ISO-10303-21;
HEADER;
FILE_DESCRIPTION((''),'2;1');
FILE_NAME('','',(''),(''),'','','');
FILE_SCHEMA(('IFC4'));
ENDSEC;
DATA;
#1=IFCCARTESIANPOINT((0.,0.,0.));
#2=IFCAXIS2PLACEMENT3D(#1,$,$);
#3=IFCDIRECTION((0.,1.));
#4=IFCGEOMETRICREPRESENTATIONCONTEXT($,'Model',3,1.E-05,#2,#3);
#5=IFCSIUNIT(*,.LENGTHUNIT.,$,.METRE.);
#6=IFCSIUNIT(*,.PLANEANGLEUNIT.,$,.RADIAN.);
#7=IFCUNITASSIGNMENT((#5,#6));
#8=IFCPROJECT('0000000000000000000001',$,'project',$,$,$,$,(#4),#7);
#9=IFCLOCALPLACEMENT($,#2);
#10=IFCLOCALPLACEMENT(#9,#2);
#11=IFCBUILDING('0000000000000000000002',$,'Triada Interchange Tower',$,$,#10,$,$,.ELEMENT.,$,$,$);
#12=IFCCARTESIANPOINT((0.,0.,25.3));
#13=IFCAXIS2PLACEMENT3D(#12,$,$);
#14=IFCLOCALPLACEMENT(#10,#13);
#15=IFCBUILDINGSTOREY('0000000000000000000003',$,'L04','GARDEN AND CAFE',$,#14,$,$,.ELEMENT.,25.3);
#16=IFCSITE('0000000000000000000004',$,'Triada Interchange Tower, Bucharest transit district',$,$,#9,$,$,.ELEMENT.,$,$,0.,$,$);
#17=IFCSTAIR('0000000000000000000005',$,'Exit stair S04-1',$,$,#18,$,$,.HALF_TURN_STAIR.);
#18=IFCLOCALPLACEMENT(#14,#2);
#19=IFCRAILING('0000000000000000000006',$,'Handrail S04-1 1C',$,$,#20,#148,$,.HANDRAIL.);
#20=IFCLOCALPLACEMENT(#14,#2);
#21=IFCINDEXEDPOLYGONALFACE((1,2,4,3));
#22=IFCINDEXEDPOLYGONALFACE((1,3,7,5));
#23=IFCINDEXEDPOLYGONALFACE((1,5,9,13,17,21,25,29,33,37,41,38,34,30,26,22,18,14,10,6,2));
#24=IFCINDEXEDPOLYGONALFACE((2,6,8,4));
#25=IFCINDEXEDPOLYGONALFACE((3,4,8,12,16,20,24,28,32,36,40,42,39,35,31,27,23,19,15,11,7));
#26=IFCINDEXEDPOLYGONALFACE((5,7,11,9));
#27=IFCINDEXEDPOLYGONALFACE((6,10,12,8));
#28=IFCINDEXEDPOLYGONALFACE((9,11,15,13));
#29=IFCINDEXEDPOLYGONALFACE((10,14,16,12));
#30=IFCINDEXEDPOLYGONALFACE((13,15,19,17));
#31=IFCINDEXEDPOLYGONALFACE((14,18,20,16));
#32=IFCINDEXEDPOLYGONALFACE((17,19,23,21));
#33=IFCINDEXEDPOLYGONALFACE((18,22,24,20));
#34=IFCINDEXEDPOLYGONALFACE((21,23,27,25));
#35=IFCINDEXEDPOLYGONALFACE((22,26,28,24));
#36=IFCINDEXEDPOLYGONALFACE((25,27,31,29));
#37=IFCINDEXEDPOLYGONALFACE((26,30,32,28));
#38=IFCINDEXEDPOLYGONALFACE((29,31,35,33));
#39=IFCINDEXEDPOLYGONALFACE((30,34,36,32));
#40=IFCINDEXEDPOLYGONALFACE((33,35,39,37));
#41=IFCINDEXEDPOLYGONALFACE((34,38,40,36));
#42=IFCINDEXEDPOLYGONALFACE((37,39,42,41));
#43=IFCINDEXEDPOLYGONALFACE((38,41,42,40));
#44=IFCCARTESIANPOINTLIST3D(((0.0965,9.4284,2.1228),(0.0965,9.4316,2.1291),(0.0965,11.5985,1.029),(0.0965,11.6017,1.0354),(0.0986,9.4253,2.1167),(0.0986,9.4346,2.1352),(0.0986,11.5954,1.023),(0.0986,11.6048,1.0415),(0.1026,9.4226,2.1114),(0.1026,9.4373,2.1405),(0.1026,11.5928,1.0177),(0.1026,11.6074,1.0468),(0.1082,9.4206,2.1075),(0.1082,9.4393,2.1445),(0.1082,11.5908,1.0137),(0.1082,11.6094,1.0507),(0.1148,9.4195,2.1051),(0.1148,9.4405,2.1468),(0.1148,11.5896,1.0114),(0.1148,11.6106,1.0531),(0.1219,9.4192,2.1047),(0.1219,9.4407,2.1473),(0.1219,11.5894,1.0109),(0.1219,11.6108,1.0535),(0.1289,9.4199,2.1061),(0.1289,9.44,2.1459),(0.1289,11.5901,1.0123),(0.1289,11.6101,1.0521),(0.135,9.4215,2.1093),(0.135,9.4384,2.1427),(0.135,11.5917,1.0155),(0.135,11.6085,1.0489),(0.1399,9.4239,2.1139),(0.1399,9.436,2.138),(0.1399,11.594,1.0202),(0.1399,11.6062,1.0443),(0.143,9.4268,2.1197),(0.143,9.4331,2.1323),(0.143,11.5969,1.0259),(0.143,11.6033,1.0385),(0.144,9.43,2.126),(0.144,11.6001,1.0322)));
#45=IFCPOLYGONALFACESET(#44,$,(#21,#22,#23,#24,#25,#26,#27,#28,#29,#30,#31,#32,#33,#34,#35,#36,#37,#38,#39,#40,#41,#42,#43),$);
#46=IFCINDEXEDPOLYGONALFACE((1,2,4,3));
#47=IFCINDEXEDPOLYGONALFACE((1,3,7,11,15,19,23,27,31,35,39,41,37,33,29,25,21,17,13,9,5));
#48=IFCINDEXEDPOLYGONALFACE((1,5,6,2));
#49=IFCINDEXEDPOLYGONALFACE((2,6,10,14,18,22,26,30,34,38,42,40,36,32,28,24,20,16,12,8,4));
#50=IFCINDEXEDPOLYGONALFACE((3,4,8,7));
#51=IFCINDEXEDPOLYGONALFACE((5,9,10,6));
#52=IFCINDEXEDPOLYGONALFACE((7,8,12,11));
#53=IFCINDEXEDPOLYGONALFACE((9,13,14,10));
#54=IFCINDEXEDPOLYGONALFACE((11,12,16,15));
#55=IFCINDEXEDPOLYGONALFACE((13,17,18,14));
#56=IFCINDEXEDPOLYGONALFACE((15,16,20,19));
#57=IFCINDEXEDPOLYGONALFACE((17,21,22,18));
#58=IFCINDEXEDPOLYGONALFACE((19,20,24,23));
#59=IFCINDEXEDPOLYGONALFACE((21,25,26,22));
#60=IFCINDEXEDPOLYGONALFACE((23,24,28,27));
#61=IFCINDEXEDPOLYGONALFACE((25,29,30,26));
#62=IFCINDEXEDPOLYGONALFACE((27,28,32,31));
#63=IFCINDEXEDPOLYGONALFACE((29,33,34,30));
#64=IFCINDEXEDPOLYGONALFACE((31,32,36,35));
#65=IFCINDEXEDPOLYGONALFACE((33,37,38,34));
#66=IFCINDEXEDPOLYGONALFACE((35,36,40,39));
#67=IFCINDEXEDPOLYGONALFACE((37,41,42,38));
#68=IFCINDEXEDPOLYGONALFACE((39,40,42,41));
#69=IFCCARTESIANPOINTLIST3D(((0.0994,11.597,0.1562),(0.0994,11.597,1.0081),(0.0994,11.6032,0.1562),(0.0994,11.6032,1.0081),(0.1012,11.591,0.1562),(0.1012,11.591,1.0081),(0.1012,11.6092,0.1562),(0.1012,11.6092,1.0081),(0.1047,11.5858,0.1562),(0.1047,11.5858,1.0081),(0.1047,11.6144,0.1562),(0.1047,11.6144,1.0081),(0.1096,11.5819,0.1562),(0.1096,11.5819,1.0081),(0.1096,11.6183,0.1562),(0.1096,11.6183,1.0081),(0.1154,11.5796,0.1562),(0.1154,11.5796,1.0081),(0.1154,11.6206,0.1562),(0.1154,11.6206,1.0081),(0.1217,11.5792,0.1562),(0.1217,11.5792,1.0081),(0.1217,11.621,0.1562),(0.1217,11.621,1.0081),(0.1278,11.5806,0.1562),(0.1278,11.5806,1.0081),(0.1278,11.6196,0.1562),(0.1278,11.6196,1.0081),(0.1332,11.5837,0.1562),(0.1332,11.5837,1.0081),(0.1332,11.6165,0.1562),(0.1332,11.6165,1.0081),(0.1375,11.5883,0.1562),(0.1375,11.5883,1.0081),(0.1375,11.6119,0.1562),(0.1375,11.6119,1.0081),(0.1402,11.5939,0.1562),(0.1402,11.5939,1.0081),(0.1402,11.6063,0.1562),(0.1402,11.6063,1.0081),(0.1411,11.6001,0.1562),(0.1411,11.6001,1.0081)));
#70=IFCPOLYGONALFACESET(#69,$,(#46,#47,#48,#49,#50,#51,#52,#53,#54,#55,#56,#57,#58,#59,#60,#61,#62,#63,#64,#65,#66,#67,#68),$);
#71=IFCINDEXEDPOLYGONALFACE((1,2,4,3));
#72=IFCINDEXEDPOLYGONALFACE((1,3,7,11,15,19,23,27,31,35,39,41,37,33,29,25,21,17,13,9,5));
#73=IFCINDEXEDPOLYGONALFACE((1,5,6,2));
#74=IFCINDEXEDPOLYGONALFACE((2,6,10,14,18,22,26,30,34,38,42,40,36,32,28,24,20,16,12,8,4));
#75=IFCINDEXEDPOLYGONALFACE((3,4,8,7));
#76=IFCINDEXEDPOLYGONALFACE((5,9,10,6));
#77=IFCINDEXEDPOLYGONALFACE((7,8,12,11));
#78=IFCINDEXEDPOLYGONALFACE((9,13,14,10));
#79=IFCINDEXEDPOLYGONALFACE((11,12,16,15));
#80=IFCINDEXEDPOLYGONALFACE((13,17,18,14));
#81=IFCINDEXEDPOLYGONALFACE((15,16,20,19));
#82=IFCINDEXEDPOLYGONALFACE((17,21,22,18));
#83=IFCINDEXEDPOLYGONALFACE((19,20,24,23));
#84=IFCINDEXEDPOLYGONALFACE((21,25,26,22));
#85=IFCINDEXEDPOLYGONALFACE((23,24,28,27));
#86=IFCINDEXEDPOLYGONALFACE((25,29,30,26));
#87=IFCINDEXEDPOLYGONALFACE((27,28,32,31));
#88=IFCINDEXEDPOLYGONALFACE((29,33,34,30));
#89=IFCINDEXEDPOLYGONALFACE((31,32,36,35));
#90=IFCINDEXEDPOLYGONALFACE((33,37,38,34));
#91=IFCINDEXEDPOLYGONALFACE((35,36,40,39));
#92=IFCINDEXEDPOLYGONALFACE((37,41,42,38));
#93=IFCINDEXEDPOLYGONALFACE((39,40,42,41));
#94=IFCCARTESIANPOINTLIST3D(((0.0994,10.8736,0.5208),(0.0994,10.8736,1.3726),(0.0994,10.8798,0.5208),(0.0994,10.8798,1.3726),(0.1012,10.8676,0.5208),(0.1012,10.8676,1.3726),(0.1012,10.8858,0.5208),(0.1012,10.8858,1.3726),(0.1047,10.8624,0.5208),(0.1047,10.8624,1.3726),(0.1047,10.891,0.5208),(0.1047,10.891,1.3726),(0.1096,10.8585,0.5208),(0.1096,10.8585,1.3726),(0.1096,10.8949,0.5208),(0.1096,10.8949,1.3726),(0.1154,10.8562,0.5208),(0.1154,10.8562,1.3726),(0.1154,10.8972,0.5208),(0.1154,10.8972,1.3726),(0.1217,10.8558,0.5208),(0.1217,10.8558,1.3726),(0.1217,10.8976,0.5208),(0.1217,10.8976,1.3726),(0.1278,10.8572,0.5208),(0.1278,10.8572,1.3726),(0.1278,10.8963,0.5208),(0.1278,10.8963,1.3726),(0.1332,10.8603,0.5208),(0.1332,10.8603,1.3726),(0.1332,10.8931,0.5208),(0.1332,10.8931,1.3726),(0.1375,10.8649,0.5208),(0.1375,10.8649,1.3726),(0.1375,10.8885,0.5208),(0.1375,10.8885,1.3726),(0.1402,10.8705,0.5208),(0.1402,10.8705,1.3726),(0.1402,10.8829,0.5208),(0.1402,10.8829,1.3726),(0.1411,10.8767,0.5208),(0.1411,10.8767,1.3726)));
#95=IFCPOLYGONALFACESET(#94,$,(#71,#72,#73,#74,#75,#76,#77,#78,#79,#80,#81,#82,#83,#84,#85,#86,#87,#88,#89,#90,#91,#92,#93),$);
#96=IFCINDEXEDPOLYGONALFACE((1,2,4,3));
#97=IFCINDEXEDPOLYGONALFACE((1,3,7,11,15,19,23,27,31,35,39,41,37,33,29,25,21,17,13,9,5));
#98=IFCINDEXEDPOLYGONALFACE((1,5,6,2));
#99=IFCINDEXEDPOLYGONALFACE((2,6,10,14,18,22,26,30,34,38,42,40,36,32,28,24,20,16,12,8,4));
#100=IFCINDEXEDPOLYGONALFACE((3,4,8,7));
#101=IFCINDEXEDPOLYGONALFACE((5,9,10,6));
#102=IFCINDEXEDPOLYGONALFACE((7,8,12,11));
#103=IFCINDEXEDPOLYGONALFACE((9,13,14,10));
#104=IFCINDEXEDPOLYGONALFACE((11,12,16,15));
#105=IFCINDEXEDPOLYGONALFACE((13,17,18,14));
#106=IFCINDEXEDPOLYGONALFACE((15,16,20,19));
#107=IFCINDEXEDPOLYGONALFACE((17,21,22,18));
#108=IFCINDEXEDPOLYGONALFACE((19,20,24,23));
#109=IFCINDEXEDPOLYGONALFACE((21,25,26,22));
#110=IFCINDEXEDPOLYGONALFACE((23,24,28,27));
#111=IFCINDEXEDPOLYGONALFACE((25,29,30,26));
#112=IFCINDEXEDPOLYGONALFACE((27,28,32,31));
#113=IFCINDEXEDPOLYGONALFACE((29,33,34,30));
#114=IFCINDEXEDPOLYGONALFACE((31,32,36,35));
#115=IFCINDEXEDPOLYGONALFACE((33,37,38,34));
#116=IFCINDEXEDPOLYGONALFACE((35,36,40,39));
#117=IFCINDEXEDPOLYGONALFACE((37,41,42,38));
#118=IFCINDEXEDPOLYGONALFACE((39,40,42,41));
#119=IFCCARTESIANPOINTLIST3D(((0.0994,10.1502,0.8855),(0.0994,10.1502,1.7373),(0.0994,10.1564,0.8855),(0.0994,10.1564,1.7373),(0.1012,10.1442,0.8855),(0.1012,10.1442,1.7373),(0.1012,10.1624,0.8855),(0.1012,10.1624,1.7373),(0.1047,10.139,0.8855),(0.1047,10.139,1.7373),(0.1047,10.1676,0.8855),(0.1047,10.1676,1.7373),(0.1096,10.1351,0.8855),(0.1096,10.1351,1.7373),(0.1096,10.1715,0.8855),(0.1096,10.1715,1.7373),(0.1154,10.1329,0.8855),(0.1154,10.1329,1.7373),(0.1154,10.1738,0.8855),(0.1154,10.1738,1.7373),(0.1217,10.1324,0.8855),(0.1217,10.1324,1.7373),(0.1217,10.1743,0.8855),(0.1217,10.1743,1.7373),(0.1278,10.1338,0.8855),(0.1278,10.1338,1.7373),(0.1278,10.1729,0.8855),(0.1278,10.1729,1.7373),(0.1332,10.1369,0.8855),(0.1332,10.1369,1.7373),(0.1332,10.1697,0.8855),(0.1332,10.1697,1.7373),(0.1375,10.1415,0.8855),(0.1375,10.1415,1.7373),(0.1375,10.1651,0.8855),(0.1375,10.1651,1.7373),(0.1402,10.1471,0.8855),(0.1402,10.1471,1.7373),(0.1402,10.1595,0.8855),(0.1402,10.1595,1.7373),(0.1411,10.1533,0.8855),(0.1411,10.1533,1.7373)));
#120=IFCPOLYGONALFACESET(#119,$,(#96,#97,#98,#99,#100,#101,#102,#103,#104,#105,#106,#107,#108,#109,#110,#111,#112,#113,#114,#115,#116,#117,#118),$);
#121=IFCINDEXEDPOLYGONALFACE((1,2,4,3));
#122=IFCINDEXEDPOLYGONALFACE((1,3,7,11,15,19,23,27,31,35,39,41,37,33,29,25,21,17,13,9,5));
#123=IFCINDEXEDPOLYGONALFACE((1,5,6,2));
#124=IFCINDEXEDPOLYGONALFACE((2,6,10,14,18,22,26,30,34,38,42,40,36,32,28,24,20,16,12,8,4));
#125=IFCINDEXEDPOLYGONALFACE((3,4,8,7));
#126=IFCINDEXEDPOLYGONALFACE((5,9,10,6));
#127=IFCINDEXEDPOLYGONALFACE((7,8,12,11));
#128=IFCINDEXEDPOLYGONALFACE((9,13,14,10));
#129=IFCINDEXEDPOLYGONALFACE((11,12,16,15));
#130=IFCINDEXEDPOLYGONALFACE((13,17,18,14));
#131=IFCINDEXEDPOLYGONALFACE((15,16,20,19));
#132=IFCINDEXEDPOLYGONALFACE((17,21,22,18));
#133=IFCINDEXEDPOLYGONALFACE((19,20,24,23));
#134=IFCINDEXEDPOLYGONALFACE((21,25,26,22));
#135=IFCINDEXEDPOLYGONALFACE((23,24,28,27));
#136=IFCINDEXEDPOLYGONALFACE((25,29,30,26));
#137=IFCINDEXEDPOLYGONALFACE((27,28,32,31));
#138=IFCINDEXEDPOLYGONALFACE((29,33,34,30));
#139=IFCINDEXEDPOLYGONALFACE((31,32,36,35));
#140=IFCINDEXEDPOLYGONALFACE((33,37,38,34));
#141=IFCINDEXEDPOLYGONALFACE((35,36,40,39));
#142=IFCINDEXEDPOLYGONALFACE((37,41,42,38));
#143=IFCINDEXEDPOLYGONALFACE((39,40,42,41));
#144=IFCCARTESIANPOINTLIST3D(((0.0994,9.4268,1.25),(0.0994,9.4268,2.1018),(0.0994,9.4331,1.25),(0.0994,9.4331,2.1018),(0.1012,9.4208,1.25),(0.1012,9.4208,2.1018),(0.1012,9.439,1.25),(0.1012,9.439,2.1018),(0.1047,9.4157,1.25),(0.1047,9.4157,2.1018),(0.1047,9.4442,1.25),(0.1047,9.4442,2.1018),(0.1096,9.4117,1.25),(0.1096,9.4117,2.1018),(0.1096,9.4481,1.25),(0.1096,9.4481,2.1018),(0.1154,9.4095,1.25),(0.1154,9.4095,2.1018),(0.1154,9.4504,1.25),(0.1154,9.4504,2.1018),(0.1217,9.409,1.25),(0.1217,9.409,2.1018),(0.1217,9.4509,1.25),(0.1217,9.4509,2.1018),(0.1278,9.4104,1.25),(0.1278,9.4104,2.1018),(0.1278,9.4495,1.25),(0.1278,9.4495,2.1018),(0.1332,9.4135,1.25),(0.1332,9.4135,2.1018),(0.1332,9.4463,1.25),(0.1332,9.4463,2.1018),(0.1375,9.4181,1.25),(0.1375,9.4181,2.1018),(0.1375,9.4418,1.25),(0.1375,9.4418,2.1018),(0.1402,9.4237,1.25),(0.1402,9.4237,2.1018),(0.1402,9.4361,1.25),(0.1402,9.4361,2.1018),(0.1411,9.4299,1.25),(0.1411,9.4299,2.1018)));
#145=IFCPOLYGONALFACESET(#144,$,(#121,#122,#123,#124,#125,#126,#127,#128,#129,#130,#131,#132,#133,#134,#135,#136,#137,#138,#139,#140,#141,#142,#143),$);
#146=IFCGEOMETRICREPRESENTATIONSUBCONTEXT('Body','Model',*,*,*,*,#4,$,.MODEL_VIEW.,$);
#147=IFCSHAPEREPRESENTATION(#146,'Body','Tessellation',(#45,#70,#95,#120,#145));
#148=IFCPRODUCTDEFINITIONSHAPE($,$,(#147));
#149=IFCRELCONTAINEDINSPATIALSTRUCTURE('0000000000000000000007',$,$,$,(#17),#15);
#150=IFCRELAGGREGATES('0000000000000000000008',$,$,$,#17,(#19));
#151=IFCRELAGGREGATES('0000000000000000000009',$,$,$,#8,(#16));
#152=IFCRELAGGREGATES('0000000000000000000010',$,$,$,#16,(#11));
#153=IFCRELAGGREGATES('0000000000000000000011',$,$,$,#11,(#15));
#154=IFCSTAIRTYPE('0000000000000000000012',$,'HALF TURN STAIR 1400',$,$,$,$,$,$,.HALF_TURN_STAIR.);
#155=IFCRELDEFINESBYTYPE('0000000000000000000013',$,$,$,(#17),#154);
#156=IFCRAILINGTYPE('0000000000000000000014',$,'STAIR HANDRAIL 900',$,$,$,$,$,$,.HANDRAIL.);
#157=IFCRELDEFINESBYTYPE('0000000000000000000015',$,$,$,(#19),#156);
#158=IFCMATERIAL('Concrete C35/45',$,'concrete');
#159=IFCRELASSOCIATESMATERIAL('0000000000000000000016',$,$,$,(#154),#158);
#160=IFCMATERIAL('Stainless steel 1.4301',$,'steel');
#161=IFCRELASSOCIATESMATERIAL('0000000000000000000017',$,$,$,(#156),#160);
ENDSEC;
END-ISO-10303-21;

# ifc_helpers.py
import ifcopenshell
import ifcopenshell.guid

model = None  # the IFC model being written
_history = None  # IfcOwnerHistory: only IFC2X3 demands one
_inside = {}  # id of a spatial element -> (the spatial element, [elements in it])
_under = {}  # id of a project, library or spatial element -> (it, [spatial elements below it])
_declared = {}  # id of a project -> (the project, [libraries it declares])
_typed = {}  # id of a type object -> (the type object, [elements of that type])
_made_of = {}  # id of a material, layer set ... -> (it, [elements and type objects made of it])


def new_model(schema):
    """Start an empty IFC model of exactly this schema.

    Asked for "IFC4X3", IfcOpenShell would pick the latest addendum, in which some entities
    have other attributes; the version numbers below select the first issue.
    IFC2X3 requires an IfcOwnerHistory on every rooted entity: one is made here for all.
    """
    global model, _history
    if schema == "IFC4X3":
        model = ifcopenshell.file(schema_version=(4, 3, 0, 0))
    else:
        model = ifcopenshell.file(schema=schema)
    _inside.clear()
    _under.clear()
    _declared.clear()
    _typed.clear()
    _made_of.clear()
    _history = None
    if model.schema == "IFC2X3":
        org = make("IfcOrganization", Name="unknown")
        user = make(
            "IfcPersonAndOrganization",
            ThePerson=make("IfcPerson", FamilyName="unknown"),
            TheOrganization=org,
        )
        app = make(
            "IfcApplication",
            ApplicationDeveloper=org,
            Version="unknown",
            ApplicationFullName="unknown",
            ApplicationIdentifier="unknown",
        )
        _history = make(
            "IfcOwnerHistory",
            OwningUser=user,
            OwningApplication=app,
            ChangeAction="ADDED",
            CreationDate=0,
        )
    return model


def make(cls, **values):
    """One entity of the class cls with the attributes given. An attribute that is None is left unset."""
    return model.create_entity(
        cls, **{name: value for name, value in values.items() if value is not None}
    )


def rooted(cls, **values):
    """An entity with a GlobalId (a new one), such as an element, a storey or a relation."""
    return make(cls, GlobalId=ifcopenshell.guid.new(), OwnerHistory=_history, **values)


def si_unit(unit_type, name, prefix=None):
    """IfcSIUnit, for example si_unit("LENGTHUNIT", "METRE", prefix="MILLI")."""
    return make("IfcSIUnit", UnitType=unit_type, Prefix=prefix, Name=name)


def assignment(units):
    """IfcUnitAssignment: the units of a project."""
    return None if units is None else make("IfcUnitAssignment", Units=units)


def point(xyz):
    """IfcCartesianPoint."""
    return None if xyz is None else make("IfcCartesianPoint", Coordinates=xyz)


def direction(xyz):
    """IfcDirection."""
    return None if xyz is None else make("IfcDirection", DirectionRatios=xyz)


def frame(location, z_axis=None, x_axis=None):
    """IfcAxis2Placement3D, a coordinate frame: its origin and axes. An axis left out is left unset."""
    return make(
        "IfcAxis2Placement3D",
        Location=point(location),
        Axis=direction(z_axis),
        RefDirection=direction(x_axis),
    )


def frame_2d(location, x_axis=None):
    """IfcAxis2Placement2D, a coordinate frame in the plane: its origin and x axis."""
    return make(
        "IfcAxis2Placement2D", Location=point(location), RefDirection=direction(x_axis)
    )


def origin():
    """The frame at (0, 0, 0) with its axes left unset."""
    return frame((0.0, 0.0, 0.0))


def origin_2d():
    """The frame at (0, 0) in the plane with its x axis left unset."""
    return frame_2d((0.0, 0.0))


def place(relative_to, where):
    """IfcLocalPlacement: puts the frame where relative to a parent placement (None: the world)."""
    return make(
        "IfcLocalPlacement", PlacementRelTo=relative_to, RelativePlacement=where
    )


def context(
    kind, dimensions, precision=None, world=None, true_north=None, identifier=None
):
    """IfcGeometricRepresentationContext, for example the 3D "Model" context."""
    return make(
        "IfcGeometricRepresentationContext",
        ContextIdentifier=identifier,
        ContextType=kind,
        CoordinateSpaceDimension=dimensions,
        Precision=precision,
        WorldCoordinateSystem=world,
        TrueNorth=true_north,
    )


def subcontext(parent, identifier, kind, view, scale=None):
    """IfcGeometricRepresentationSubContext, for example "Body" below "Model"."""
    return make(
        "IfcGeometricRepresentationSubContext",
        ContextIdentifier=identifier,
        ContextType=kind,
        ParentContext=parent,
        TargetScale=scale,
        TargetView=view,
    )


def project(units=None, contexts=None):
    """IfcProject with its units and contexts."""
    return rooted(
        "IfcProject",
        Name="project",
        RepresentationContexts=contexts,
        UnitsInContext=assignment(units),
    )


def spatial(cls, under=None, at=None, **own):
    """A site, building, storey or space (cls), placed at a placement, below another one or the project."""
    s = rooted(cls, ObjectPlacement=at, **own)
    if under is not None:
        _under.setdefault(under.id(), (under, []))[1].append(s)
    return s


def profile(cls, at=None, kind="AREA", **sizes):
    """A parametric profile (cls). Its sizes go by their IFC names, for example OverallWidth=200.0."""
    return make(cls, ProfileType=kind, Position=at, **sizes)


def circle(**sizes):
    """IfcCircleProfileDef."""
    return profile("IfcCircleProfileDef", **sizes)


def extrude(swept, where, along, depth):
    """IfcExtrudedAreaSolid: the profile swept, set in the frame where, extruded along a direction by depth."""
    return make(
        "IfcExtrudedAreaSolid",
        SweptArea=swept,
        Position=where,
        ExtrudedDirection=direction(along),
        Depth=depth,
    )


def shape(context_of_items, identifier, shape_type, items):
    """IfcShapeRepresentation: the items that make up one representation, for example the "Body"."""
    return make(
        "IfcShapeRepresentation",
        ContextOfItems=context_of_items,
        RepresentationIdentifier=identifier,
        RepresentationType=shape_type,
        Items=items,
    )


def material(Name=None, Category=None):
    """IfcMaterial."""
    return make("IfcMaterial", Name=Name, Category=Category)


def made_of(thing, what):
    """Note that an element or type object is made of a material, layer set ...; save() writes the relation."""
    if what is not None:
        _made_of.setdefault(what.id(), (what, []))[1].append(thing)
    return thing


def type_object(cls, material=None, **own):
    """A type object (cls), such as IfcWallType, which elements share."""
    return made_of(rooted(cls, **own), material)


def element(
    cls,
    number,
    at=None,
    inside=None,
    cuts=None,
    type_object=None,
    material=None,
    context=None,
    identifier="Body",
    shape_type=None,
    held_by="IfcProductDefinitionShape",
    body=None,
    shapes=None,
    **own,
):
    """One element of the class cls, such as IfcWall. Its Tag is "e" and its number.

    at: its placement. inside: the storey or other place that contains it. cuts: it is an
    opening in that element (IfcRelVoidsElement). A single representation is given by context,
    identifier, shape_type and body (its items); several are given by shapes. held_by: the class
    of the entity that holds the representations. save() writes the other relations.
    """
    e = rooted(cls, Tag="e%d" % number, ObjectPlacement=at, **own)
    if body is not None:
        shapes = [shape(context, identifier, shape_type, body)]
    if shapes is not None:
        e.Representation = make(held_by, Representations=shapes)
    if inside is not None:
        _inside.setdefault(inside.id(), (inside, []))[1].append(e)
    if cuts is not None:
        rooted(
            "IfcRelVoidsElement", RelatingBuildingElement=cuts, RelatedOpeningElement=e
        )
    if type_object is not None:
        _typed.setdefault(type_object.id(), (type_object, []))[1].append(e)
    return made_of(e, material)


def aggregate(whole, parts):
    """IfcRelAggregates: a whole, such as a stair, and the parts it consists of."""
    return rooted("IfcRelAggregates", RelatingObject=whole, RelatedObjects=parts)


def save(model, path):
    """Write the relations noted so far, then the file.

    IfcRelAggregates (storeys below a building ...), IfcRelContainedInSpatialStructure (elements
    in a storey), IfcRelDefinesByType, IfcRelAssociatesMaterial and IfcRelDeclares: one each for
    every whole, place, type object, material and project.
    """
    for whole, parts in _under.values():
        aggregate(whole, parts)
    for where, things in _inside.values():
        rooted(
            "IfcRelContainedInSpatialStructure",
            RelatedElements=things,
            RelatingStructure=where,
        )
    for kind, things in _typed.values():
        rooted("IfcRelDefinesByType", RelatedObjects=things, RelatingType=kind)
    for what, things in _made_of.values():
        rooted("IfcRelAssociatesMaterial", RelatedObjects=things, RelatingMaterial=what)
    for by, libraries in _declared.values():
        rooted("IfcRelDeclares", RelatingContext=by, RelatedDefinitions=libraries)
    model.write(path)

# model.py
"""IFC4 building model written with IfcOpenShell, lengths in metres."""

from ifc_helpers import new_model, si_unit, direction, frame, origin, origin_2d, place, context, subcontext, project, spatial, circle, extrude, material, type_object, element, aggregate, save


model = new_model("IFC4")

# Units and contexts
model_context = context("Model", 3, precision=1e-05, world=origin(), true_north=direction((0.0, 1.0)))
body_context = subcontext(model_context, "Body", "Model", "MODEL_VIEW")
ifc_project = project(units=[si_unit("LENGTHUNIT", "METRE"), si_unit("PLANEANGLEUNIT", "RADIAN")], contexts=[model_context])

# Site, building, storey
site_placement = place(None, origin())
site = spatial("IfcSite", under=ifc_project, at=site_placement, Name="Triada Interchange Tower, Bucharest transit district", CompositionType="ELEMENT", RefElevation=0.0)
building_placement = place(site_placement, origin())
building = spatial("IfcBuilding", under=site, at=building_placement, Name="Triada Interchange Tower", CompositionType="ELEMENT")
storey_placement = place(building_placement, frame((0.0, 0.0, 25.3)))
storey = spatial("IfcBuildingStorey", under=building, at=storey_placement, Name="L04", Description="GARDEN AND CAFE", CompositionType="ELEMENT", Elevation=25.3)

# Shared definitions
ifc_material_1 = material(Name="Concrete C35/45", Category="concrete")

# Stair, railing
stair_type = type_object("IfcStairType", Name="HALF TURN STAIR 1400", PredefinedType="HALF_TURN_STAIR", material=ifc_material_1)
stair_placement = place(storey_placement, origin())
stair = element("IfcStair", 1, at=stair_placement, inside=storey, type_object=stair_type, Name="Exit stair S04-1", PredefinedType="HALF_TURN_STAIR")
ifc_material_2 = material(Name="Stainless steel 1.4301", Category="steel")
railing_type_1 = type_object("IfcRailingType", Name="STAIR HANDRAIL 900", PredefinedType="HANDRAIL", material=ifc_material_2)
railing_1_placement = place(storey_placement, frame((0.1201, 11.6001, 0.1562)))
railing_1 = element("IfcRailing", 2, at=railing_1_placement, type_object=railing_type_1, Name="Handrail S04-1 1C", PredefinedType="HANDRAIL", context=body_context, shape_type="SweptSolid", body=[
    extrude(circle(Radius=0.0239, at=origin_2d()), frame((0.0, 0.0, 0.876), z_axis=(0.0, -0.892996, 0.450064), x_axis=(1.0, 0.0, 0.0)), (0.0, 0.0, 1.0), 2.4302),
    extrude(circle(Radius=0.021, at=origin_2d()), origin(), (0.0, 0.0, 1.0), 0.8518),
    extrude(circle(Radius=0.021, at=origin_2d()), frame((0.0, -0.7234, 0.3645)), (0.0, 0.0, 1.0), 0.8518),
    extrude(circle(Radius=0.021, at=origin_2d()), frame((0.0, -1.4468, 0.7292)), (0.0, 0.0, 1.0), 0.8518),
    extrude(circle(Radius=0.021, at=origin_2d()), frame((0.0, -2.1702, 1.0938)), (0.0, 0.0, 1.0), 0.8518),
])
aggregate(stair, [railing_1])

save(model, "model.ifc")
